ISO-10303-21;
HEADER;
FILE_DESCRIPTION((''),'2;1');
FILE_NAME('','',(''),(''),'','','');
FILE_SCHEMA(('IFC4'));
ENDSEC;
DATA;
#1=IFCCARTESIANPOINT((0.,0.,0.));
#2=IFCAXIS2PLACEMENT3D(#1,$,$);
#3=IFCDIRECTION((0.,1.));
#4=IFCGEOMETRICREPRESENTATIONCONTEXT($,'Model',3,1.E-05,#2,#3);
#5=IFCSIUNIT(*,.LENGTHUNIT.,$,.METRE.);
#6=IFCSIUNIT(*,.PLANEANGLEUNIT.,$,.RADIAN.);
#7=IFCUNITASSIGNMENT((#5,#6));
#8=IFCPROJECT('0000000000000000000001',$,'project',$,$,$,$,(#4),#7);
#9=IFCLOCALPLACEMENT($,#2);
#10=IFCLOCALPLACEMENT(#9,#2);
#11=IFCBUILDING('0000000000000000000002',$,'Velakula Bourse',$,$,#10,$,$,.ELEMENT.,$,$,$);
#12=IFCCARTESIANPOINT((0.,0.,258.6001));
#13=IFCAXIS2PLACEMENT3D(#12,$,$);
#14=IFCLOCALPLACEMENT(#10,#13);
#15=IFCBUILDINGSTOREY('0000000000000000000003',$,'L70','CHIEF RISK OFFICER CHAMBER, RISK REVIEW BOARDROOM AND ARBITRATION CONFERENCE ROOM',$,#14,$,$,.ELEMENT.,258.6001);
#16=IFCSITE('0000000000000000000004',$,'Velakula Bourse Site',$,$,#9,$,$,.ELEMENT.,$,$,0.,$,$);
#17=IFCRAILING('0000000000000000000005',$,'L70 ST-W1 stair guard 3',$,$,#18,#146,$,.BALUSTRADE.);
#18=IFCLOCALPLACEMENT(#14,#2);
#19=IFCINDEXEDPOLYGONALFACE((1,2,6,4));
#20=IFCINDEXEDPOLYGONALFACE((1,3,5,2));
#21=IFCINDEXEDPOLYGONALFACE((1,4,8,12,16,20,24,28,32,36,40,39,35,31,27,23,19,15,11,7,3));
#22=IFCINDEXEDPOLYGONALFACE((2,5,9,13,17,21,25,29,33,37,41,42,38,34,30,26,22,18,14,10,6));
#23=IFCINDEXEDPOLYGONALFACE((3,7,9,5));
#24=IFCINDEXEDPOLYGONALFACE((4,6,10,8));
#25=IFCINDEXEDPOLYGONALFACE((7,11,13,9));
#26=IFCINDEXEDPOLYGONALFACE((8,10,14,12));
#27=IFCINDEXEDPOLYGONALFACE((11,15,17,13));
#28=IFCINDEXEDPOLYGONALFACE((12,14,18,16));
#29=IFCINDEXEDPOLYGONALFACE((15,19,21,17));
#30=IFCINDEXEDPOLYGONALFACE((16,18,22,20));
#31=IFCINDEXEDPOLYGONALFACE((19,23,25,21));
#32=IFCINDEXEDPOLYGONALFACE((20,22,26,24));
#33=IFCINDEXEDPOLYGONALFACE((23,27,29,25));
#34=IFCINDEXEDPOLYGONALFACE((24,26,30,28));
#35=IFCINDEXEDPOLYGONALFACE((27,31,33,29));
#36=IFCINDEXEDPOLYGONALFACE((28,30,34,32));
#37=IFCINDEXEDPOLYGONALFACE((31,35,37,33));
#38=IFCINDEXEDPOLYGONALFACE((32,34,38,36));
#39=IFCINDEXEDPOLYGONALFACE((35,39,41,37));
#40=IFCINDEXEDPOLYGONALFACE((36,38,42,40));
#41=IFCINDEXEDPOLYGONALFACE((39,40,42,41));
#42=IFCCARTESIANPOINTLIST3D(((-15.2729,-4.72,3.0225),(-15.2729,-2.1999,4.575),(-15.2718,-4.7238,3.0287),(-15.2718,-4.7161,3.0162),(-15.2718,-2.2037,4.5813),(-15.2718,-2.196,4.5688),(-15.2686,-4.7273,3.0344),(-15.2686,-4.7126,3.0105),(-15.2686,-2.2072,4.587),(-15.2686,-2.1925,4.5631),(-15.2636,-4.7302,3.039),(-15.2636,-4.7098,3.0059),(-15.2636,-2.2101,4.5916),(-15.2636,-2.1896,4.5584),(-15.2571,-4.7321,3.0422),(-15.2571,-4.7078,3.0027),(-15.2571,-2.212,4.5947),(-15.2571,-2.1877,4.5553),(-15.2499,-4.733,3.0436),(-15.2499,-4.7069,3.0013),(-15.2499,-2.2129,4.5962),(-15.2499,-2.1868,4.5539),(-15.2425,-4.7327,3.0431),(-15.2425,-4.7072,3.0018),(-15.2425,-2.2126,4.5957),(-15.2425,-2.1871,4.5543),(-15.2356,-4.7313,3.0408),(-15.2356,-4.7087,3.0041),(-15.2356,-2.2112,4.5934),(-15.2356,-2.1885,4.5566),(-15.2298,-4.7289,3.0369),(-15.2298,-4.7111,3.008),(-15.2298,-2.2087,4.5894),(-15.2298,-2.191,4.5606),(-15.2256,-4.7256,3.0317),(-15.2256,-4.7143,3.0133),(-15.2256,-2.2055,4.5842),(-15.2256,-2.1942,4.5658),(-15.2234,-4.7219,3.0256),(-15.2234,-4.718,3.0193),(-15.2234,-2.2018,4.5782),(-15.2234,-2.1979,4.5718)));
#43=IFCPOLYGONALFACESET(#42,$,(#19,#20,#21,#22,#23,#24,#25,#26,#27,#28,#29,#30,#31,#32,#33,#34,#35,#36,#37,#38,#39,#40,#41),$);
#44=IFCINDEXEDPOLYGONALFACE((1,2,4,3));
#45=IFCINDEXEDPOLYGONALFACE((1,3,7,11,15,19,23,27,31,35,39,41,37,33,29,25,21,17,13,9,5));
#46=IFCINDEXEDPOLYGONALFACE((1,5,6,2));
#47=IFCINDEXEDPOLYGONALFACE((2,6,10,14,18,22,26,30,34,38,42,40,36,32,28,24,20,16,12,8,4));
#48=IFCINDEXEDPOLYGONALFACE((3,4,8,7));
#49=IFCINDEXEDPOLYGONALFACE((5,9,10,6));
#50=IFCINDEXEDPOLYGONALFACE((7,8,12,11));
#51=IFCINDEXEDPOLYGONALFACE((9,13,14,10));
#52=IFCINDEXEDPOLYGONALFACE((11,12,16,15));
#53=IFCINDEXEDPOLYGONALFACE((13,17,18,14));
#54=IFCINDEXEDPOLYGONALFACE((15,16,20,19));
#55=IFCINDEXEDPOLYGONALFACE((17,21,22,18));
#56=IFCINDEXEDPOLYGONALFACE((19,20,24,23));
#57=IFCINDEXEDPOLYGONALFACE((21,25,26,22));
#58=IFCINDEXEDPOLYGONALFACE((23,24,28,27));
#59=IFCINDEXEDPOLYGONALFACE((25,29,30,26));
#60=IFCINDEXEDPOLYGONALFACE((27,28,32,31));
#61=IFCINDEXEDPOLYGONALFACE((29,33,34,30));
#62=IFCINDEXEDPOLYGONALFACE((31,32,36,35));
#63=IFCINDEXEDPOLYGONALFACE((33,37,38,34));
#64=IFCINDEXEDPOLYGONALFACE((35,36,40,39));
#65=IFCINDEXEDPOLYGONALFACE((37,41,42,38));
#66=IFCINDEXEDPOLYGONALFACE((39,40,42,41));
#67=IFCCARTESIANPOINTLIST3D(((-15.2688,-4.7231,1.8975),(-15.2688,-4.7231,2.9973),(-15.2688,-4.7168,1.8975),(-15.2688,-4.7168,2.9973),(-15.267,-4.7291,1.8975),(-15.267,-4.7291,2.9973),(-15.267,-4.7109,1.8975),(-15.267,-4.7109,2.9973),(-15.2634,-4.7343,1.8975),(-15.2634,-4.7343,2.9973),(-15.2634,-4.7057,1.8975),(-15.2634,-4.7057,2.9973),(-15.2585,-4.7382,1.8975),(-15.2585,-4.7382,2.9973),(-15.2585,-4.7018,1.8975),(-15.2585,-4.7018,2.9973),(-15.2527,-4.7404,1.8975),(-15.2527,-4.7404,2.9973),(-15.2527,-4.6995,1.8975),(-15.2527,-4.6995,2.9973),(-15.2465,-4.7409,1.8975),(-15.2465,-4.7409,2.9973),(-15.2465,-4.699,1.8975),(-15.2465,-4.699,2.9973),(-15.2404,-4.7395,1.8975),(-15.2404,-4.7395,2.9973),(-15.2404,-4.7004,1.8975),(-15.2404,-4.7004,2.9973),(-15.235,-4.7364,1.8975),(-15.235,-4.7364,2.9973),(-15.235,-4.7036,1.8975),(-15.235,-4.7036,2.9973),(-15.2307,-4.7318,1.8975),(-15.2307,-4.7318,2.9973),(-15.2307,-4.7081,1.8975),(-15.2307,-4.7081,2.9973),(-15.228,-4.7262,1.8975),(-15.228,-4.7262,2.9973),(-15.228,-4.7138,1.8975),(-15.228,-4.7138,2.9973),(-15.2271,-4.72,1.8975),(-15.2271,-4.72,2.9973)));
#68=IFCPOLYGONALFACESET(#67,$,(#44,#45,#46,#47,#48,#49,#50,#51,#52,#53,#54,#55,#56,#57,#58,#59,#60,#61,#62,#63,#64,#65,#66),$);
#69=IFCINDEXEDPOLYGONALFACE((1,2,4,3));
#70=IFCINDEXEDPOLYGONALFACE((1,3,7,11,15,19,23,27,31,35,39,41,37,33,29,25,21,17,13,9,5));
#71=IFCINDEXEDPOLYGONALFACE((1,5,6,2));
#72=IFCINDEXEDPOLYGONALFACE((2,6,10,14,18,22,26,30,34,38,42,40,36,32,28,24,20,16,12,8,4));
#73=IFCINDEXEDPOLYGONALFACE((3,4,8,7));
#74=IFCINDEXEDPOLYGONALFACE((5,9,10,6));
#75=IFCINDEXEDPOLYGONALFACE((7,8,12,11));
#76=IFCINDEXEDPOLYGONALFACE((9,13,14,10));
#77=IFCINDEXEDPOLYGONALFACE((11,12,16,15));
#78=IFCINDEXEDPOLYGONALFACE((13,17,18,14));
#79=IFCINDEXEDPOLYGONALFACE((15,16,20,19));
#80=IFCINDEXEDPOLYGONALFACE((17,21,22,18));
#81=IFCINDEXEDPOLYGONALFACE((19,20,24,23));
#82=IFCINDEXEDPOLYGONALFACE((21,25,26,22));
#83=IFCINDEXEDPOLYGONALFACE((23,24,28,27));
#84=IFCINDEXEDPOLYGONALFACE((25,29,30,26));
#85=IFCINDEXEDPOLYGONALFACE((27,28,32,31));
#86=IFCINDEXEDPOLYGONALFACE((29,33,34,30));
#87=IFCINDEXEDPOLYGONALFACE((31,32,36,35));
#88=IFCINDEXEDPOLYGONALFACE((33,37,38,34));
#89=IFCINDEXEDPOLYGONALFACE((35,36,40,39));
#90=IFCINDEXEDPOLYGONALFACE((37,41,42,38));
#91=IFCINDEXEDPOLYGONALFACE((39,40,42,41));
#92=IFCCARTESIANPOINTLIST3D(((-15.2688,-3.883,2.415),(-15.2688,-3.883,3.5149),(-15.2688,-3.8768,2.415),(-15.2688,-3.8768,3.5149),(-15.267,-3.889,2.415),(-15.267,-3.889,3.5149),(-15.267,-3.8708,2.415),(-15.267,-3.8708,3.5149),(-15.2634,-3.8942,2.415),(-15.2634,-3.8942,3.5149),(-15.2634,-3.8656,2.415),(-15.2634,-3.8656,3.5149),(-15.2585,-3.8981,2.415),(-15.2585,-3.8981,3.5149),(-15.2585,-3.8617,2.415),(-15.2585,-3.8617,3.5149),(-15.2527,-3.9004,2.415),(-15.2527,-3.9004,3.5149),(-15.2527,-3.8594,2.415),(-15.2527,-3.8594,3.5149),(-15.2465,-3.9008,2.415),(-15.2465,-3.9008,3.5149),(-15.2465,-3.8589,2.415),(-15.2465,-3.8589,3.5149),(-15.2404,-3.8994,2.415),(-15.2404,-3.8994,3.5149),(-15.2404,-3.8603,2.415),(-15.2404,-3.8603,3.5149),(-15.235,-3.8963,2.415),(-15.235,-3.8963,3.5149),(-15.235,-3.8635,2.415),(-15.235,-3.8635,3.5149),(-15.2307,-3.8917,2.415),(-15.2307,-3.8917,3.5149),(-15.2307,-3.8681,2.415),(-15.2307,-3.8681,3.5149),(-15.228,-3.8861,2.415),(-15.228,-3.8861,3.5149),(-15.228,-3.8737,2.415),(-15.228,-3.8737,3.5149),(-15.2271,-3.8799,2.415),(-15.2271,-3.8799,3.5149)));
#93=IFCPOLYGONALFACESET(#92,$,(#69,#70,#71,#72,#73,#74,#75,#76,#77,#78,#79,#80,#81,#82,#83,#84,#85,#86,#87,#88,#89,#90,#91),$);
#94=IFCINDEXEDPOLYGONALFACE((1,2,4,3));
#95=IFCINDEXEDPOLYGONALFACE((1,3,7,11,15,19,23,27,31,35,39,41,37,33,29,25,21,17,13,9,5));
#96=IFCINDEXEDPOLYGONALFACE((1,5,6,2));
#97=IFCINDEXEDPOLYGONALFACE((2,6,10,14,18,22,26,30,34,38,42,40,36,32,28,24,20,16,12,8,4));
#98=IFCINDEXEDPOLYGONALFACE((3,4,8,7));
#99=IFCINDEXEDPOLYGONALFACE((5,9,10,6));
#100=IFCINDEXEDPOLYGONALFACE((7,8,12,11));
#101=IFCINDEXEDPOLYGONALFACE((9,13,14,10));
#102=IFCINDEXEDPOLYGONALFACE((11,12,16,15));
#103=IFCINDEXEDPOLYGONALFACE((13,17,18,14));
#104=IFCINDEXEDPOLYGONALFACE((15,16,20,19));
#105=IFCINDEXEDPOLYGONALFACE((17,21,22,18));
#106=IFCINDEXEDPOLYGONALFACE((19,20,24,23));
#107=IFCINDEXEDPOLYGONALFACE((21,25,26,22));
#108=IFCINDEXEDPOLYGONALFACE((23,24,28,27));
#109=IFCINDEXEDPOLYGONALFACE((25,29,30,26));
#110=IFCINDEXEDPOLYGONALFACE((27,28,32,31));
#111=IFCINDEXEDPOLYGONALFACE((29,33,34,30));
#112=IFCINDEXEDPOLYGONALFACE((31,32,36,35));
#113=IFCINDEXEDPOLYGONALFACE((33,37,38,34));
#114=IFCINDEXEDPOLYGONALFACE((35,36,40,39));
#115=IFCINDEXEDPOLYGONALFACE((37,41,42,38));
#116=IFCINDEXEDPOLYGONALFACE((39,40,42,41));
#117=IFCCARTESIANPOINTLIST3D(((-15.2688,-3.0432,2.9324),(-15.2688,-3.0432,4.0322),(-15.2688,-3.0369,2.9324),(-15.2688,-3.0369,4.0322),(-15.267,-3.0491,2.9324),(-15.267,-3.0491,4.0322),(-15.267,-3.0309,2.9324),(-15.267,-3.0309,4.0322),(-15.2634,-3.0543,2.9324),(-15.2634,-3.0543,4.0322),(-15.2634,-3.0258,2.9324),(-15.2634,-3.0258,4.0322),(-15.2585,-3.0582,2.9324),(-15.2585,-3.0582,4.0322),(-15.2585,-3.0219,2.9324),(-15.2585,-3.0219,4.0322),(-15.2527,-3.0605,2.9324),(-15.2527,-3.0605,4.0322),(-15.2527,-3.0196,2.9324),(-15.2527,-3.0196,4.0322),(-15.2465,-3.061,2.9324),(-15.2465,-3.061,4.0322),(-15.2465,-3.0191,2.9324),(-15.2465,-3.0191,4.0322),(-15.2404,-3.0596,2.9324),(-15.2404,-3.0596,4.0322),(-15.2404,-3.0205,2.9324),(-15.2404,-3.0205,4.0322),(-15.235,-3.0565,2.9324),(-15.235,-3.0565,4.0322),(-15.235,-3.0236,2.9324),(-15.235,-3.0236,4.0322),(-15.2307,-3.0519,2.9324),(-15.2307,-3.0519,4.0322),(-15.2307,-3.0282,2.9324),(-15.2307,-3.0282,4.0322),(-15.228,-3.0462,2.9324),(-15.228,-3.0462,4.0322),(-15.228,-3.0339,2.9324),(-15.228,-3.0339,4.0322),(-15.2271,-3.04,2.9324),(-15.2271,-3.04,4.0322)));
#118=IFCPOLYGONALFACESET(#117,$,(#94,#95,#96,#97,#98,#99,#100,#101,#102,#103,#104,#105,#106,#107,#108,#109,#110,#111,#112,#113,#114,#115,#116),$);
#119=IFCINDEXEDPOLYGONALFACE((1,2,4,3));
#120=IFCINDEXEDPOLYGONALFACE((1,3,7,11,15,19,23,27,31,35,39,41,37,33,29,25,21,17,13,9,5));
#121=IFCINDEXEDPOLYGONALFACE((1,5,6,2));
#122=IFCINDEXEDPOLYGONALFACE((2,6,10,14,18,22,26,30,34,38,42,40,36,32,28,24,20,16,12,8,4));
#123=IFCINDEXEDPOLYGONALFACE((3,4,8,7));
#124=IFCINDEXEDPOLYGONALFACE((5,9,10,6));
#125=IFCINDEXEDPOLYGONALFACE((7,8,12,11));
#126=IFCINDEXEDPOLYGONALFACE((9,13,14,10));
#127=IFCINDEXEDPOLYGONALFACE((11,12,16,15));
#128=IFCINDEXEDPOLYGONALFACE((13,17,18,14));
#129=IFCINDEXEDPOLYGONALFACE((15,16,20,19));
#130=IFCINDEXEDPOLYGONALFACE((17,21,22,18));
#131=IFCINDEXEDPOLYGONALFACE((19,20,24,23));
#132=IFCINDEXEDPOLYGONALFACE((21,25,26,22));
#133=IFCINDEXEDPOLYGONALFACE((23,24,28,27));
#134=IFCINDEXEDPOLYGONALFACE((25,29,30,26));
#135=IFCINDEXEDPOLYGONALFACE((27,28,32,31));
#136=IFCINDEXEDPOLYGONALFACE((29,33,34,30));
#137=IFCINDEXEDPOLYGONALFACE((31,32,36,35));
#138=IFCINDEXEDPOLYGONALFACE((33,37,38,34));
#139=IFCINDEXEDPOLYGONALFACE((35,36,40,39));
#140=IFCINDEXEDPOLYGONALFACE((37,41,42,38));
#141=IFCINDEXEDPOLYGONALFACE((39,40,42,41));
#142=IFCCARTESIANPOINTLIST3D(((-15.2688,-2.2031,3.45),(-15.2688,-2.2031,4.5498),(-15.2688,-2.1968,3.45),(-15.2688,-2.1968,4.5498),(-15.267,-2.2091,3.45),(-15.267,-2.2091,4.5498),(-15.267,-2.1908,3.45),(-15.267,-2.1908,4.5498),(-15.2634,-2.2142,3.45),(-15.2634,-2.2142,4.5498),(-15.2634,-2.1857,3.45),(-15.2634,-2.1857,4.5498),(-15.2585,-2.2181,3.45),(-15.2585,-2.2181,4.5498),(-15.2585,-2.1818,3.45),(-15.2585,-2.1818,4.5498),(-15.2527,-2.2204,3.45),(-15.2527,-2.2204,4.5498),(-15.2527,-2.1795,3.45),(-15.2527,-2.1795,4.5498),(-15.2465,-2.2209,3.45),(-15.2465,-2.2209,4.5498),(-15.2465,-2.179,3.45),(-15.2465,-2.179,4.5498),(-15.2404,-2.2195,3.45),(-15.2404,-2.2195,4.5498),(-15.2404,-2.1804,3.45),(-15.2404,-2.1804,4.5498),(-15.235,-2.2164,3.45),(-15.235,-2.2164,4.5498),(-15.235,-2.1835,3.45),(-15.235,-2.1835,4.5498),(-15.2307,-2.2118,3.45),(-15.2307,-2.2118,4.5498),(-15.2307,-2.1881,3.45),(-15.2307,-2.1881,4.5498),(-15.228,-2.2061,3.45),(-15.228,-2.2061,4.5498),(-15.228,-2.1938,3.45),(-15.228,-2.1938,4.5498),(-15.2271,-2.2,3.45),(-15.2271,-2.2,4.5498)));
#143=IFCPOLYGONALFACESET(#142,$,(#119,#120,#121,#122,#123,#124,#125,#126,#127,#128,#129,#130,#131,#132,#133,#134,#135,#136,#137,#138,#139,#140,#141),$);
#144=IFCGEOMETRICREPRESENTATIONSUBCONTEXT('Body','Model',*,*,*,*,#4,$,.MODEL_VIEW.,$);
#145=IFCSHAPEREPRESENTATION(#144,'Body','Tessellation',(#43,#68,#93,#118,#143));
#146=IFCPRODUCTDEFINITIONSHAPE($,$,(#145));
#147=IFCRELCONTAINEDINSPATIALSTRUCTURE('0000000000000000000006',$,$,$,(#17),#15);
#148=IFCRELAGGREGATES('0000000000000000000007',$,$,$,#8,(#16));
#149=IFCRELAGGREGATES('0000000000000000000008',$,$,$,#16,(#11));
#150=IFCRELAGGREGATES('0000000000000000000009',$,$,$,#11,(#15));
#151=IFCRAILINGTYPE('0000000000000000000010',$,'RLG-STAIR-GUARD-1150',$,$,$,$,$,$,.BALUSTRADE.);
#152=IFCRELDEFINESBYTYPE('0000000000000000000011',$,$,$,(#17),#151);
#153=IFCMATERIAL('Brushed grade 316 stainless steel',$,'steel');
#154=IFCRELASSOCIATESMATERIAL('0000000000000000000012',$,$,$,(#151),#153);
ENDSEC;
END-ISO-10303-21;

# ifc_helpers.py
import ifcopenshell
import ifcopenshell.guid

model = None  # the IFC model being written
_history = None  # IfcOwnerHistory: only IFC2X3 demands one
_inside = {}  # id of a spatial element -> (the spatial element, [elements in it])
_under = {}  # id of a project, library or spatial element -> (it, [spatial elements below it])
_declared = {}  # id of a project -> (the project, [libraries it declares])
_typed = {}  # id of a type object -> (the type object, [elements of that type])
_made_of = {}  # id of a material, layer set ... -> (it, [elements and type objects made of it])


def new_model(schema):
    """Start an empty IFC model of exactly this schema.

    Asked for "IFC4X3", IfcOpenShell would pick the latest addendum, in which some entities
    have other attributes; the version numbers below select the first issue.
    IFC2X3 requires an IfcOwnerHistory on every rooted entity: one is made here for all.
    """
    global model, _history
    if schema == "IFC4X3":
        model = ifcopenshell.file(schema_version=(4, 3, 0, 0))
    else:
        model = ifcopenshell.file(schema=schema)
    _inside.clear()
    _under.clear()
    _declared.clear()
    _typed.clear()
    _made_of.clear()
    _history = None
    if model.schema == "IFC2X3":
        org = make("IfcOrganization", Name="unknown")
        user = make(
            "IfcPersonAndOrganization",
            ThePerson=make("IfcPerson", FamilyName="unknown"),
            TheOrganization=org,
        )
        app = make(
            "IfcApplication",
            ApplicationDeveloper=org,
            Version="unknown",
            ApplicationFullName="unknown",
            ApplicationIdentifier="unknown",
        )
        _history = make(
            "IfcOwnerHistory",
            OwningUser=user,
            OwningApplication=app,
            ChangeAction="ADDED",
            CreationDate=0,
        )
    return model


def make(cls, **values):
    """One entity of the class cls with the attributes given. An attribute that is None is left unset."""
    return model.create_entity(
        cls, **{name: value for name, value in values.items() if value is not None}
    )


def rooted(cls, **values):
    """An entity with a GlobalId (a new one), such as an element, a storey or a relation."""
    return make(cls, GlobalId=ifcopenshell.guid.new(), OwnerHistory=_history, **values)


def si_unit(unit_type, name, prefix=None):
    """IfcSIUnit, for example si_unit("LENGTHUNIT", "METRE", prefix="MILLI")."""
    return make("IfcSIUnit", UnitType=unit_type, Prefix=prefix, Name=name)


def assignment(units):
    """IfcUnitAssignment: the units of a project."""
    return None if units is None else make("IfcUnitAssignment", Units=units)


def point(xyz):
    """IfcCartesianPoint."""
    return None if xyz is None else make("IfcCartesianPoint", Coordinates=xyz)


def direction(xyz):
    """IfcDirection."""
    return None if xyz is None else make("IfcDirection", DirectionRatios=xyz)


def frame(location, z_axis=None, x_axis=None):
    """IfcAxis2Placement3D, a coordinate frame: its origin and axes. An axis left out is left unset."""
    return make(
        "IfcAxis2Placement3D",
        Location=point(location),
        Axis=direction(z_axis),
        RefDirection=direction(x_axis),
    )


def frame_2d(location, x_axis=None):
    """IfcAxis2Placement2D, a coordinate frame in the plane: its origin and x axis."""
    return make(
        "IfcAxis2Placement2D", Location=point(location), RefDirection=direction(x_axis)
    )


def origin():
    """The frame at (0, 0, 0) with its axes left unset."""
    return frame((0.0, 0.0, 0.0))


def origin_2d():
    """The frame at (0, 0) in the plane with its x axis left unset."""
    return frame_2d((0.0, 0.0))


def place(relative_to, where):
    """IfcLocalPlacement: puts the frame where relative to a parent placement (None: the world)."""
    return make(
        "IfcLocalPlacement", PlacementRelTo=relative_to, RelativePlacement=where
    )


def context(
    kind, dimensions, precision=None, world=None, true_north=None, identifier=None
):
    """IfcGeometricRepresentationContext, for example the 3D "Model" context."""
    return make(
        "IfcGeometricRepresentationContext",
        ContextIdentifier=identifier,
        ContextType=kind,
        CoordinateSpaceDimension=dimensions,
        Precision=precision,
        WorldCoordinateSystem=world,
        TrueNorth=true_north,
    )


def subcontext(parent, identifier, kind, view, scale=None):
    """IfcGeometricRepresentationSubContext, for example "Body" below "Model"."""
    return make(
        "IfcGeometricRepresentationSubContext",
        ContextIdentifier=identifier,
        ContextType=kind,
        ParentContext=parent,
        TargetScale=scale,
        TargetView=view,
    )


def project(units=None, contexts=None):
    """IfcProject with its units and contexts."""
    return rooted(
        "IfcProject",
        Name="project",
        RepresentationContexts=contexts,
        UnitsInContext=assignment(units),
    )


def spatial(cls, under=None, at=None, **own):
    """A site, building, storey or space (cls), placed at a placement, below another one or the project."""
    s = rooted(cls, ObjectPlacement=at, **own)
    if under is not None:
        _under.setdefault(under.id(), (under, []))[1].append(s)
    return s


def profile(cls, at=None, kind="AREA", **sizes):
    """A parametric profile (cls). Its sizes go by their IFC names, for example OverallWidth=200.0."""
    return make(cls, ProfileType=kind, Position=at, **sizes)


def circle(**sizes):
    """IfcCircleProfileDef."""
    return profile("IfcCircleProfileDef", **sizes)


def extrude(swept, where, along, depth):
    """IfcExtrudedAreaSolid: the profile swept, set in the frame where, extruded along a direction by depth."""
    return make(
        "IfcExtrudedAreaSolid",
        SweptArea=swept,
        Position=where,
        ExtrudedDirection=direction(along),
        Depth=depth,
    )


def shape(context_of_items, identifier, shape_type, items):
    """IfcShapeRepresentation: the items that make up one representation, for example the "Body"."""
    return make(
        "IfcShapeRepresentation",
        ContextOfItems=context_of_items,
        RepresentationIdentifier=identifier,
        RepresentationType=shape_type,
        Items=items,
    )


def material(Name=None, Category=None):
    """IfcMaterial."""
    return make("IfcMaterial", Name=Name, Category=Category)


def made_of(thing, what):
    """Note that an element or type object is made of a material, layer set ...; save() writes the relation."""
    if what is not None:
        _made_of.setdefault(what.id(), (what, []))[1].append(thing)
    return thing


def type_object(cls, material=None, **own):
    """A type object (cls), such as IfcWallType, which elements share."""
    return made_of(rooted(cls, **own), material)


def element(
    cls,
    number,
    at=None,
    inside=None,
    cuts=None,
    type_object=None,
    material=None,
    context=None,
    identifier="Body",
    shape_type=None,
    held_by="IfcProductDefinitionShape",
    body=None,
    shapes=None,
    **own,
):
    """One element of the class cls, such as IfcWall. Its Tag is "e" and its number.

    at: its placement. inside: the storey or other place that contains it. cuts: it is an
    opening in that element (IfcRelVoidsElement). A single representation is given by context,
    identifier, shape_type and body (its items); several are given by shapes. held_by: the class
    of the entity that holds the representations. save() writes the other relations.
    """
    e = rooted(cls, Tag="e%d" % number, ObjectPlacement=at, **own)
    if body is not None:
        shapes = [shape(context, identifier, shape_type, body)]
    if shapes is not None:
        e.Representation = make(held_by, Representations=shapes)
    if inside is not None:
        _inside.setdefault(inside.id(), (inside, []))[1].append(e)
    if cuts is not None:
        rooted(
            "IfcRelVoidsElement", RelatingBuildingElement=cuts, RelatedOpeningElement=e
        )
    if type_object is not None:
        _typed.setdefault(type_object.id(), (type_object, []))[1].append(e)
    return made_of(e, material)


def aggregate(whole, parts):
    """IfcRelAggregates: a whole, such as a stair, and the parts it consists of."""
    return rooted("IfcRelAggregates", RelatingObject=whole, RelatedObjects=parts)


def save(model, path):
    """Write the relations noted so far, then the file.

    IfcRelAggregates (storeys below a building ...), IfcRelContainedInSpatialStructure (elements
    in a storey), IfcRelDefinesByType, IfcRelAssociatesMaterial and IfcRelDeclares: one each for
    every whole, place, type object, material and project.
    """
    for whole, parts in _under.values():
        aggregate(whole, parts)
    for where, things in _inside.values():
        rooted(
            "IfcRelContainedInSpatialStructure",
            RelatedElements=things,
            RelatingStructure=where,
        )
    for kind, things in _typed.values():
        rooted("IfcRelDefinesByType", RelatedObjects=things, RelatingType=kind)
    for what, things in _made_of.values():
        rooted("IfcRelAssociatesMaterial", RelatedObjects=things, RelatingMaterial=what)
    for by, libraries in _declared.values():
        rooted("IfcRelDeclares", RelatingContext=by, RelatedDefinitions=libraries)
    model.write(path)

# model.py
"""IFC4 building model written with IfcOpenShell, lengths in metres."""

from ifc_helpers import new_model, si_unit, direction, frame, origin, origin_2d, place, context, subcontext, project, spatial, circle, extrude, material, type_object, element, save


model = new_model("IFC4")

# Units and contexts
model_context = context("Model", 3, precision=1e-05, world=origin(), true_north=direction((0.0, 1.0)))
body_context = subcontext(model_context, "Body", "Model", "MODEL_VIEW")
ifc_project = project(units=[si_unit("LENGTHUNIT", "METRE"), si_unit("PLANEANGLEUNIT", "RADIAN")], contexts=[model_context])

# Site, building, storey
site_placement = place(None, origin())
site = spatial("IfcSite", under=ifc_project, at=site_placement, Name="Velakula Bourse Site", CompositionType="ELEMENT", RefElevation=0.0)
building_placement = place(site_placement, origin())
building = spatial("IfcBuilding", under=site, at=building_placement, Name="Velakula Bourse", CompositionType="ELEMENT")
storey_placement = place(building_placement, frame((0.0, 0.0, 258.6001)))
storey = spatial("IfcBuildingStorey", under=building, at=storey_placement, Name="L70", Description="CHIEF RISK OFFICER CHAMBER, RISK REVIEW BOARDROOM AND ARBITRATION CONFERENCE ROOM", CompositionType="ELEMENT", Elevation=258.6001)

# Shared definitions
ifc_material_1 = material(Name="Brushed grade 316 stainless steel", Category="steel")

# Railing
railing_type_1 = type_object("IfcRailingType", Name="RLG-STAIR-GUARD-1150", PredefinedType="BALUSTRADE", material=ifc_material_1)
railing_1_placement = place(storey_placement, frame((-15.248, -4.72, 1.8975)))
element("IfcRailing", 1, at=railing_1_placement, inside=storey, type_object=railing_type_1, Name="L70 ST-W1 stair guard 3", PredefinedType="BALUSTRADE", context=body_context, shape_type="SweptSolid", body=[
    extrude(circle(Radius=0.0249, at=origin_2d()), frame((0.0, 0.0, 1.125), z_axis=(0.0, 0.8514, 0.524516), x_axis=(-1.0, 0.0, 0.0)), (0.0, 0.0, 1.0), 2.96),
    extrude(circle(Radius=0.021, at=origin_2d()), origin(), (0.0, 0.0, 1.0), 1.0999),
    extrude(circle(Radius=0.021, at=origin_2d()), frame((0.0, 0.8401, 0.5176)), (0.0, 0.0, 1.0), 1.0999),
    extrude(circle(Radius=0.021, at=origin_2d()), frame((0.0, 1.6799, 1.0349)), (0.0, 0.0, 1.0), 1.0999),
    extrude(circle(Radius=0.021, at=origin_2d()), frame((0.0, 2.52, 1.5525)), (0.0, 0.0, 1.0), 1.0999),
])

save(model, "model.ifc")
